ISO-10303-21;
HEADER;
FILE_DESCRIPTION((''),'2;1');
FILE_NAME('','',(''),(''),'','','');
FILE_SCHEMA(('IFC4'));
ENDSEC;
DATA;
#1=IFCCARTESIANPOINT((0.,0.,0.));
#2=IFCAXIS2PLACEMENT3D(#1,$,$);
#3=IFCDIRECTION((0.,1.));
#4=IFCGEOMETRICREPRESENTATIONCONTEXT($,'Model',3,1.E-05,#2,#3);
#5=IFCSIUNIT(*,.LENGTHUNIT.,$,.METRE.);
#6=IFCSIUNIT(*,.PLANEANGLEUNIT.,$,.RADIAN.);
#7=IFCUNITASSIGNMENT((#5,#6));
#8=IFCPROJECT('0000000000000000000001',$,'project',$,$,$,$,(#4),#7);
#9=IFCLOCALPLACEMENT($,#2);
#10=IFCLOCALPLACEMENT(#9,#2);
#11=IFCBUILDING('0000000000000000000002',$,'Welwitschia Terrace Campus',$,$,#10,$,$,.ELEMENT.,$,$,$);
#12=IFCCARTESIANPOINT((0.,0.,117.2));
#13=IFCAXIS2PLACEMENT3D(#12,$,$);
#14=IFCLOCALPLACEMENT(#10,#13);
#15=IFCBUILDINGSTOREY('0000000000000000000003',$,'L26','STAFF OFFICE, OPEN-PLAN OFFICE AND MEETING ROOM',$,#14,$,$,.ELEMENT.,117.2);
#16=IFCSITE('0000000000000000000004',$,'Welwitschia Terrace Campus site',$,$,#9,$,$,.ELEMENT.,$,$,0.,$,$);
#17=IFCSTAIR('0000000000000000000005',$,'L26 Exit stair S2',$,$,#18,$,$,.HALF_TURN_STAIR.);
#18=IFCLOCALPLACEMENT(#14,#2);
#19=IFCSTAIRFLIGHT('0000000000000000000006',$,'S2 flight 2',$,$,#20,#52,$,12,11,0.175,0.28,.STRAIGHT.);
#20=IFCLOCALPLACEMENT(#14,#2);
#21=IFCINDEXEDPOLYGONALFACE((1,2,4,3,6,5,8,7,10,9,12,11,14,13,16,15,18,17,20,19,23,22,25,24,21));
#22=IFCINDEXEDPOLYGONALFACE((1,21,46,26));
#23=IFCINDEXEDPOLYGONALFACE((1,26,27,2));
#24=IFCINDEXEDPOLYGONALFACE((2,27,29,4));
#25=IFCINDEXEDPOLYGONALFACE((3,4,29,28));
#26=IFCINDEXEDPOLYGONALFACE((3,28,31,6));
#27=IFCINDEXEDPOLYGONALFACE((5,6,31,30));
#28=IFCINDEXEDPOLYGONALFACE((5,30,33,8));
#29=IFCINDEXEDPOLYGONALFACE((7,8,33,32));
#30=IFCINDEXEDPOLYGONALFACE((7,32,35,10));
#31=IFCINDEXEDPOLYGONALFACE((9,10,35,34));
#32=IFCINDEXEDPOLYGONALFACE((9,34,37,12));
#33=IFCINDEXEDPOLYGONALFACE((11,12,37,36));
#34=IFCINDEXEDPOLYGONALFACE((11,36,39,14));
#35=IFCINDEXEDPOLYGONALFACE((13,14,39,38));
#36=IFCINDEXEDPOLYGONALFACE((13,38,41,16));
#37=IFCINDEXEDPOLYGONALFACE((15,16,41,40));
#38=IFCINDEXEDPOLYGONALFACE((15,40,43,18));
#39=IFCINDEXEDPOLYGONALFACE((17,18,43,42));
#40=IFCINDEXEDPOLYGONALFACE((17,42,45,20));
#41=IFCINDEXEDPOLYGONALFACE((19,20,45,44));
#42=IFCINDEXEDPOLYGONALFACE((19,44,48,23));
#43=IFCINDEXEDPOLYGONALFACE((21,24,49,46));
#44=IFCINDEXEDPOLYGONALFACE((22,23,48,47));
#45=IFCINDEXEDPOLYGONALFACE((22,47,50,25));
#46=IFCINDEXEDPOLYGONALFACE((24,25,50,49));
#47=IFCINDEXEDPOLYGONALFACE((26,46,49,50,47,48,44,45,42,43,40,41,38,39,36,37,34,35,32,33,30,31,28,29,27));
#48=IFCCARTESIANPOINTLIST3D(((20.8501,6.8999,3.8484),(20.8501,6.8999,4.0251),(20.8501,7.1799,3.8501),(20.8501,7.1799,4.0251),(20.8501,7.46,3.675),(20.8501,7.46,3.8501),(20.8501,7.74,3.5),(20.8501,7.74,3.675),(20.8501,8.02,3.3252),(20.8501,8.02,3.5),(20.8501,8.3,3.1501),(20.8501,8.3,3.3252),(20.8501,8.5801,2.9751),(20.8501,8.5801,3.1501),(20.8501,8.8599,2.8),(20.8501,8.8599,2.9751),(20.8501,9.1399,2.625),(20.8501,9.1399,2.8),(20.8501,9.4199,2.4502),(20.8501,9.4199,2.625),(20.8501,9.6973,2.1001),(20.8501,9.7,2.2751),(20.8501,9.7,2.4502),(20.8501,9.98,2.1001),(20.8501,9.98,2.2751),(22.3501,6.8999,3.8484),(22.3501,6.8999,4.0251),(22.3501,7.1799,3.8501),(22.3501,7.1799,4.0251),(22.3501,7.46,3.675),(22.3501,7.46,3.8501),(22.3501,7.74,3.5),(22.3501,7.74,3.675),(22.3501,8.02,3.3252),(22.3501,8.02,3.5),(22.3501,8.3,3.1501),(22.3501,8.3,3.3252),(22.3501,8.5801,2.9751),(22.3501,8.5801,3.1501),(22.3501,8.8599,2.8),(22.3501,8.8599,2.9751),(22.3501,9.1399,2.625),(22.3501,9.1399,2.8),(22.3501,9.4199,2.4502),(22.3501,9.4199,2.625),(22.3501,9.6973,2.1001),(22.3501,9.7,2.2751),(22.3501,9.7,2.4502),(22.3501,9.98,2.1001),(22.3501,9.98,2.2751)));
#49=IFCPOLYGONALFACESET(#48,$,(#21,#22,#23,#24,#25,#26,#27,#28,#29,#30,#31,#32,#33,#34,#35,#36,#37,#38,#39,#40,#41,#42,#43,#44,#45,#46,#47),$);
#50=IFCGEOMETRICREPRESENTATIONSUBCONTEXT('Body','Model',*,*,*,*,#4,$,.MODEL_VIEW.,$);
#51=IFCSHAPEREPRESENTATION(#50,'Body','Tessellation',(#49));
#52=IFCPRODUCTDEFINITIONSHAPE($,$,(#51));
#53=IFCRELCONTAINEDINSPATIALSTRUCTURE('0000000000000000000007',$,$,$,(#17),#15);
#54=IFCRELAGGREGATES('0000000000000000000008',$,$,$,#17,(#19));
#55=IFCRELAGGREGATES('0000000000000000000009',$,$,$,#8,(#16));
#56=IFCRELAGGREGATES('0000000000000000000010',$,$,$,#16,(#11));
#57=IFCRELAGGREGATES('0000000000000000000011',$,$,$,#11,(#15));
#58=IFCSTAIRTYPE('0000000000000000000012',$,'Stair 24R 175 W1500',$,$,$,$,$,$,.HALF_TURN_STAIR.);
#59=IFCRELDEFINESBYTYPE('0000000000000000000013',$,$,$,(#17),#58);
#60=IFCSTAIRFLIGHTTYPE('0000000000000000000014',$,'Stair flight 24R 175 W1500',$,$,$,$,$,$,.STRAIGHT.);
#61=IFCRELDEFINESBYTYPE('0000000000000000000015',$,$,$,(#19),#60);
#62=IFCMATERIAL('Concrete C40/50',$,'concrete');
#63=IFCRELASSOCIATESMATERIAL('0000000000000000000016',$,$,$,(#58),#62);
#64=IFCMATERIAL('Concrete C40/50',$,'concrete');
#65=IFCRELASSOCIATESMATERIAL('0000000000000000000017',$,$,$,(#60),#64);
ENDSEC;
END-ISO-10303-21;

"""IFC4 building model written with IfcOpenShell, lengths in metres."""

from ifc_helpers import new_model, si_unit, direction, frame, origin, place, context, subcontext, project, spatial, polyline, outline, extrude, material, type_object, element, aggregate, save


model = new_model("IFC4")

# Units and contexts
model_context = context("Model", 3, precision=1e-05, world=origin(), true_north=direction((0.0, 1.0)))
body_context = subcontext(model_context, "Body", "Model", "MODEL_VIEW")
ifc_project = project(units=[si_unit("LENGTHUNIT", "METRE"), si_unit("PLANEANGLEUNIT", "RADIAN")], contexts=[model_context])

# Site, building, storey
site_placement = place(None, origin())
site = spatial("IfcSite", under=ifc_project, at=site_placement, Name="Welwitschia Terrace Campus site", CompositionType="ELEMENT", RefElevation=0.0)
building_placement = place(site_placement, origin())
building = spatial("IfcBuilding", under=site, at=building_placement, Name="Welwitschia Terrace Campus", CompositionType="ELEMENT")
storey_placement = place(building_placement, frame((0.0, 0.0, 117.2)))
storey = spatial("IfcBuildingStorey", under=building, at=storey_placement, Name="L26", Description="STAFF OFFICE, OPEN-PLAN OFFICE AND MEETING ROOM", CompositionType="ELEMENT", Elevation=117.2)

# Stair, stair flight
ifc_material_1 = material(Name="Concrete C40/50", Category="concrete")
stair_type = type_object("IfcStairType", Name="Stair 24R 175 W1500", PredefinedType="HALF_TURN_STAIR", material=ifc_material_1)
stair_placement = place(storey_placement, origin())
stair = element("IfcStair", 1, at=stair_placement, inside=storey, type_object=stair_type, Name="L26 Exit stair S2", PredefinedType="HALF_TURN_STAIR")
ifc_material_2 = material(Name="Concrete C40/50", Category="concrete")
stair_flight_type = type_object("IfcStairFlightType", Name="Stair flight 24R 175 W1500", PredefinedType="STRAIGHT", material=ifc_material_2)
stair_flight_1_placement = place(storey_placement, frame((21.6001, 9.98, 2.1001), z_axis=(0.0, 0.0, 1.0), x_axis=(0.0, -1.0, 0.0)))
stair_flight_1 = element("IfcStairFlight", 2, at=stair_flight_1_placement, type_object=stair_flight_type, Name="S2 flight 2", NumberOfRisers=12, NumberOfTreads=11, PredefinedType="STRAIGHT", RiserHeight=0.175, TreadLength=0.28, context=body_context, shape_type="SweptSolid", body=[
    extrude(outline(polyline([(0.0, 0.0), (0.0, 0.175), (0.28, 0.175), (0.28, 0.3501), (0.5601, 0.3501), (0.5601, 0.5249), (0.8401, 0.5249), (0.8401, 0.7), (1.1201, 0.7), (1.1201, 0.875), (1.3999, 0.875), (1.3999, 1.05), (1.6799, 1.05), (1.6799, 1.2251), (1.96, 1.2251), (1.96, 1.3999), (2.24, 1.3999), (2.24, 1.575), (2.52, 1.575), (2.52, 1.75), (2.8, 1.75), (2.8, 1.925), (3.0801, 1.925), (3.0801, 2.1001), (3.0801, 1.7483), (0.2827, 0.0), (0.0, 0.0)])), frame((0.0, 0.75, 0.0), z_axis=(0.0, -1.0, 0.0), x_axis=(1.0, 0.0, 0.0)), (0.0, 0.0, 1.0), 1.5),
])
aggregate(stair, [stair_flight_1])

save(model, "model.ifc")
